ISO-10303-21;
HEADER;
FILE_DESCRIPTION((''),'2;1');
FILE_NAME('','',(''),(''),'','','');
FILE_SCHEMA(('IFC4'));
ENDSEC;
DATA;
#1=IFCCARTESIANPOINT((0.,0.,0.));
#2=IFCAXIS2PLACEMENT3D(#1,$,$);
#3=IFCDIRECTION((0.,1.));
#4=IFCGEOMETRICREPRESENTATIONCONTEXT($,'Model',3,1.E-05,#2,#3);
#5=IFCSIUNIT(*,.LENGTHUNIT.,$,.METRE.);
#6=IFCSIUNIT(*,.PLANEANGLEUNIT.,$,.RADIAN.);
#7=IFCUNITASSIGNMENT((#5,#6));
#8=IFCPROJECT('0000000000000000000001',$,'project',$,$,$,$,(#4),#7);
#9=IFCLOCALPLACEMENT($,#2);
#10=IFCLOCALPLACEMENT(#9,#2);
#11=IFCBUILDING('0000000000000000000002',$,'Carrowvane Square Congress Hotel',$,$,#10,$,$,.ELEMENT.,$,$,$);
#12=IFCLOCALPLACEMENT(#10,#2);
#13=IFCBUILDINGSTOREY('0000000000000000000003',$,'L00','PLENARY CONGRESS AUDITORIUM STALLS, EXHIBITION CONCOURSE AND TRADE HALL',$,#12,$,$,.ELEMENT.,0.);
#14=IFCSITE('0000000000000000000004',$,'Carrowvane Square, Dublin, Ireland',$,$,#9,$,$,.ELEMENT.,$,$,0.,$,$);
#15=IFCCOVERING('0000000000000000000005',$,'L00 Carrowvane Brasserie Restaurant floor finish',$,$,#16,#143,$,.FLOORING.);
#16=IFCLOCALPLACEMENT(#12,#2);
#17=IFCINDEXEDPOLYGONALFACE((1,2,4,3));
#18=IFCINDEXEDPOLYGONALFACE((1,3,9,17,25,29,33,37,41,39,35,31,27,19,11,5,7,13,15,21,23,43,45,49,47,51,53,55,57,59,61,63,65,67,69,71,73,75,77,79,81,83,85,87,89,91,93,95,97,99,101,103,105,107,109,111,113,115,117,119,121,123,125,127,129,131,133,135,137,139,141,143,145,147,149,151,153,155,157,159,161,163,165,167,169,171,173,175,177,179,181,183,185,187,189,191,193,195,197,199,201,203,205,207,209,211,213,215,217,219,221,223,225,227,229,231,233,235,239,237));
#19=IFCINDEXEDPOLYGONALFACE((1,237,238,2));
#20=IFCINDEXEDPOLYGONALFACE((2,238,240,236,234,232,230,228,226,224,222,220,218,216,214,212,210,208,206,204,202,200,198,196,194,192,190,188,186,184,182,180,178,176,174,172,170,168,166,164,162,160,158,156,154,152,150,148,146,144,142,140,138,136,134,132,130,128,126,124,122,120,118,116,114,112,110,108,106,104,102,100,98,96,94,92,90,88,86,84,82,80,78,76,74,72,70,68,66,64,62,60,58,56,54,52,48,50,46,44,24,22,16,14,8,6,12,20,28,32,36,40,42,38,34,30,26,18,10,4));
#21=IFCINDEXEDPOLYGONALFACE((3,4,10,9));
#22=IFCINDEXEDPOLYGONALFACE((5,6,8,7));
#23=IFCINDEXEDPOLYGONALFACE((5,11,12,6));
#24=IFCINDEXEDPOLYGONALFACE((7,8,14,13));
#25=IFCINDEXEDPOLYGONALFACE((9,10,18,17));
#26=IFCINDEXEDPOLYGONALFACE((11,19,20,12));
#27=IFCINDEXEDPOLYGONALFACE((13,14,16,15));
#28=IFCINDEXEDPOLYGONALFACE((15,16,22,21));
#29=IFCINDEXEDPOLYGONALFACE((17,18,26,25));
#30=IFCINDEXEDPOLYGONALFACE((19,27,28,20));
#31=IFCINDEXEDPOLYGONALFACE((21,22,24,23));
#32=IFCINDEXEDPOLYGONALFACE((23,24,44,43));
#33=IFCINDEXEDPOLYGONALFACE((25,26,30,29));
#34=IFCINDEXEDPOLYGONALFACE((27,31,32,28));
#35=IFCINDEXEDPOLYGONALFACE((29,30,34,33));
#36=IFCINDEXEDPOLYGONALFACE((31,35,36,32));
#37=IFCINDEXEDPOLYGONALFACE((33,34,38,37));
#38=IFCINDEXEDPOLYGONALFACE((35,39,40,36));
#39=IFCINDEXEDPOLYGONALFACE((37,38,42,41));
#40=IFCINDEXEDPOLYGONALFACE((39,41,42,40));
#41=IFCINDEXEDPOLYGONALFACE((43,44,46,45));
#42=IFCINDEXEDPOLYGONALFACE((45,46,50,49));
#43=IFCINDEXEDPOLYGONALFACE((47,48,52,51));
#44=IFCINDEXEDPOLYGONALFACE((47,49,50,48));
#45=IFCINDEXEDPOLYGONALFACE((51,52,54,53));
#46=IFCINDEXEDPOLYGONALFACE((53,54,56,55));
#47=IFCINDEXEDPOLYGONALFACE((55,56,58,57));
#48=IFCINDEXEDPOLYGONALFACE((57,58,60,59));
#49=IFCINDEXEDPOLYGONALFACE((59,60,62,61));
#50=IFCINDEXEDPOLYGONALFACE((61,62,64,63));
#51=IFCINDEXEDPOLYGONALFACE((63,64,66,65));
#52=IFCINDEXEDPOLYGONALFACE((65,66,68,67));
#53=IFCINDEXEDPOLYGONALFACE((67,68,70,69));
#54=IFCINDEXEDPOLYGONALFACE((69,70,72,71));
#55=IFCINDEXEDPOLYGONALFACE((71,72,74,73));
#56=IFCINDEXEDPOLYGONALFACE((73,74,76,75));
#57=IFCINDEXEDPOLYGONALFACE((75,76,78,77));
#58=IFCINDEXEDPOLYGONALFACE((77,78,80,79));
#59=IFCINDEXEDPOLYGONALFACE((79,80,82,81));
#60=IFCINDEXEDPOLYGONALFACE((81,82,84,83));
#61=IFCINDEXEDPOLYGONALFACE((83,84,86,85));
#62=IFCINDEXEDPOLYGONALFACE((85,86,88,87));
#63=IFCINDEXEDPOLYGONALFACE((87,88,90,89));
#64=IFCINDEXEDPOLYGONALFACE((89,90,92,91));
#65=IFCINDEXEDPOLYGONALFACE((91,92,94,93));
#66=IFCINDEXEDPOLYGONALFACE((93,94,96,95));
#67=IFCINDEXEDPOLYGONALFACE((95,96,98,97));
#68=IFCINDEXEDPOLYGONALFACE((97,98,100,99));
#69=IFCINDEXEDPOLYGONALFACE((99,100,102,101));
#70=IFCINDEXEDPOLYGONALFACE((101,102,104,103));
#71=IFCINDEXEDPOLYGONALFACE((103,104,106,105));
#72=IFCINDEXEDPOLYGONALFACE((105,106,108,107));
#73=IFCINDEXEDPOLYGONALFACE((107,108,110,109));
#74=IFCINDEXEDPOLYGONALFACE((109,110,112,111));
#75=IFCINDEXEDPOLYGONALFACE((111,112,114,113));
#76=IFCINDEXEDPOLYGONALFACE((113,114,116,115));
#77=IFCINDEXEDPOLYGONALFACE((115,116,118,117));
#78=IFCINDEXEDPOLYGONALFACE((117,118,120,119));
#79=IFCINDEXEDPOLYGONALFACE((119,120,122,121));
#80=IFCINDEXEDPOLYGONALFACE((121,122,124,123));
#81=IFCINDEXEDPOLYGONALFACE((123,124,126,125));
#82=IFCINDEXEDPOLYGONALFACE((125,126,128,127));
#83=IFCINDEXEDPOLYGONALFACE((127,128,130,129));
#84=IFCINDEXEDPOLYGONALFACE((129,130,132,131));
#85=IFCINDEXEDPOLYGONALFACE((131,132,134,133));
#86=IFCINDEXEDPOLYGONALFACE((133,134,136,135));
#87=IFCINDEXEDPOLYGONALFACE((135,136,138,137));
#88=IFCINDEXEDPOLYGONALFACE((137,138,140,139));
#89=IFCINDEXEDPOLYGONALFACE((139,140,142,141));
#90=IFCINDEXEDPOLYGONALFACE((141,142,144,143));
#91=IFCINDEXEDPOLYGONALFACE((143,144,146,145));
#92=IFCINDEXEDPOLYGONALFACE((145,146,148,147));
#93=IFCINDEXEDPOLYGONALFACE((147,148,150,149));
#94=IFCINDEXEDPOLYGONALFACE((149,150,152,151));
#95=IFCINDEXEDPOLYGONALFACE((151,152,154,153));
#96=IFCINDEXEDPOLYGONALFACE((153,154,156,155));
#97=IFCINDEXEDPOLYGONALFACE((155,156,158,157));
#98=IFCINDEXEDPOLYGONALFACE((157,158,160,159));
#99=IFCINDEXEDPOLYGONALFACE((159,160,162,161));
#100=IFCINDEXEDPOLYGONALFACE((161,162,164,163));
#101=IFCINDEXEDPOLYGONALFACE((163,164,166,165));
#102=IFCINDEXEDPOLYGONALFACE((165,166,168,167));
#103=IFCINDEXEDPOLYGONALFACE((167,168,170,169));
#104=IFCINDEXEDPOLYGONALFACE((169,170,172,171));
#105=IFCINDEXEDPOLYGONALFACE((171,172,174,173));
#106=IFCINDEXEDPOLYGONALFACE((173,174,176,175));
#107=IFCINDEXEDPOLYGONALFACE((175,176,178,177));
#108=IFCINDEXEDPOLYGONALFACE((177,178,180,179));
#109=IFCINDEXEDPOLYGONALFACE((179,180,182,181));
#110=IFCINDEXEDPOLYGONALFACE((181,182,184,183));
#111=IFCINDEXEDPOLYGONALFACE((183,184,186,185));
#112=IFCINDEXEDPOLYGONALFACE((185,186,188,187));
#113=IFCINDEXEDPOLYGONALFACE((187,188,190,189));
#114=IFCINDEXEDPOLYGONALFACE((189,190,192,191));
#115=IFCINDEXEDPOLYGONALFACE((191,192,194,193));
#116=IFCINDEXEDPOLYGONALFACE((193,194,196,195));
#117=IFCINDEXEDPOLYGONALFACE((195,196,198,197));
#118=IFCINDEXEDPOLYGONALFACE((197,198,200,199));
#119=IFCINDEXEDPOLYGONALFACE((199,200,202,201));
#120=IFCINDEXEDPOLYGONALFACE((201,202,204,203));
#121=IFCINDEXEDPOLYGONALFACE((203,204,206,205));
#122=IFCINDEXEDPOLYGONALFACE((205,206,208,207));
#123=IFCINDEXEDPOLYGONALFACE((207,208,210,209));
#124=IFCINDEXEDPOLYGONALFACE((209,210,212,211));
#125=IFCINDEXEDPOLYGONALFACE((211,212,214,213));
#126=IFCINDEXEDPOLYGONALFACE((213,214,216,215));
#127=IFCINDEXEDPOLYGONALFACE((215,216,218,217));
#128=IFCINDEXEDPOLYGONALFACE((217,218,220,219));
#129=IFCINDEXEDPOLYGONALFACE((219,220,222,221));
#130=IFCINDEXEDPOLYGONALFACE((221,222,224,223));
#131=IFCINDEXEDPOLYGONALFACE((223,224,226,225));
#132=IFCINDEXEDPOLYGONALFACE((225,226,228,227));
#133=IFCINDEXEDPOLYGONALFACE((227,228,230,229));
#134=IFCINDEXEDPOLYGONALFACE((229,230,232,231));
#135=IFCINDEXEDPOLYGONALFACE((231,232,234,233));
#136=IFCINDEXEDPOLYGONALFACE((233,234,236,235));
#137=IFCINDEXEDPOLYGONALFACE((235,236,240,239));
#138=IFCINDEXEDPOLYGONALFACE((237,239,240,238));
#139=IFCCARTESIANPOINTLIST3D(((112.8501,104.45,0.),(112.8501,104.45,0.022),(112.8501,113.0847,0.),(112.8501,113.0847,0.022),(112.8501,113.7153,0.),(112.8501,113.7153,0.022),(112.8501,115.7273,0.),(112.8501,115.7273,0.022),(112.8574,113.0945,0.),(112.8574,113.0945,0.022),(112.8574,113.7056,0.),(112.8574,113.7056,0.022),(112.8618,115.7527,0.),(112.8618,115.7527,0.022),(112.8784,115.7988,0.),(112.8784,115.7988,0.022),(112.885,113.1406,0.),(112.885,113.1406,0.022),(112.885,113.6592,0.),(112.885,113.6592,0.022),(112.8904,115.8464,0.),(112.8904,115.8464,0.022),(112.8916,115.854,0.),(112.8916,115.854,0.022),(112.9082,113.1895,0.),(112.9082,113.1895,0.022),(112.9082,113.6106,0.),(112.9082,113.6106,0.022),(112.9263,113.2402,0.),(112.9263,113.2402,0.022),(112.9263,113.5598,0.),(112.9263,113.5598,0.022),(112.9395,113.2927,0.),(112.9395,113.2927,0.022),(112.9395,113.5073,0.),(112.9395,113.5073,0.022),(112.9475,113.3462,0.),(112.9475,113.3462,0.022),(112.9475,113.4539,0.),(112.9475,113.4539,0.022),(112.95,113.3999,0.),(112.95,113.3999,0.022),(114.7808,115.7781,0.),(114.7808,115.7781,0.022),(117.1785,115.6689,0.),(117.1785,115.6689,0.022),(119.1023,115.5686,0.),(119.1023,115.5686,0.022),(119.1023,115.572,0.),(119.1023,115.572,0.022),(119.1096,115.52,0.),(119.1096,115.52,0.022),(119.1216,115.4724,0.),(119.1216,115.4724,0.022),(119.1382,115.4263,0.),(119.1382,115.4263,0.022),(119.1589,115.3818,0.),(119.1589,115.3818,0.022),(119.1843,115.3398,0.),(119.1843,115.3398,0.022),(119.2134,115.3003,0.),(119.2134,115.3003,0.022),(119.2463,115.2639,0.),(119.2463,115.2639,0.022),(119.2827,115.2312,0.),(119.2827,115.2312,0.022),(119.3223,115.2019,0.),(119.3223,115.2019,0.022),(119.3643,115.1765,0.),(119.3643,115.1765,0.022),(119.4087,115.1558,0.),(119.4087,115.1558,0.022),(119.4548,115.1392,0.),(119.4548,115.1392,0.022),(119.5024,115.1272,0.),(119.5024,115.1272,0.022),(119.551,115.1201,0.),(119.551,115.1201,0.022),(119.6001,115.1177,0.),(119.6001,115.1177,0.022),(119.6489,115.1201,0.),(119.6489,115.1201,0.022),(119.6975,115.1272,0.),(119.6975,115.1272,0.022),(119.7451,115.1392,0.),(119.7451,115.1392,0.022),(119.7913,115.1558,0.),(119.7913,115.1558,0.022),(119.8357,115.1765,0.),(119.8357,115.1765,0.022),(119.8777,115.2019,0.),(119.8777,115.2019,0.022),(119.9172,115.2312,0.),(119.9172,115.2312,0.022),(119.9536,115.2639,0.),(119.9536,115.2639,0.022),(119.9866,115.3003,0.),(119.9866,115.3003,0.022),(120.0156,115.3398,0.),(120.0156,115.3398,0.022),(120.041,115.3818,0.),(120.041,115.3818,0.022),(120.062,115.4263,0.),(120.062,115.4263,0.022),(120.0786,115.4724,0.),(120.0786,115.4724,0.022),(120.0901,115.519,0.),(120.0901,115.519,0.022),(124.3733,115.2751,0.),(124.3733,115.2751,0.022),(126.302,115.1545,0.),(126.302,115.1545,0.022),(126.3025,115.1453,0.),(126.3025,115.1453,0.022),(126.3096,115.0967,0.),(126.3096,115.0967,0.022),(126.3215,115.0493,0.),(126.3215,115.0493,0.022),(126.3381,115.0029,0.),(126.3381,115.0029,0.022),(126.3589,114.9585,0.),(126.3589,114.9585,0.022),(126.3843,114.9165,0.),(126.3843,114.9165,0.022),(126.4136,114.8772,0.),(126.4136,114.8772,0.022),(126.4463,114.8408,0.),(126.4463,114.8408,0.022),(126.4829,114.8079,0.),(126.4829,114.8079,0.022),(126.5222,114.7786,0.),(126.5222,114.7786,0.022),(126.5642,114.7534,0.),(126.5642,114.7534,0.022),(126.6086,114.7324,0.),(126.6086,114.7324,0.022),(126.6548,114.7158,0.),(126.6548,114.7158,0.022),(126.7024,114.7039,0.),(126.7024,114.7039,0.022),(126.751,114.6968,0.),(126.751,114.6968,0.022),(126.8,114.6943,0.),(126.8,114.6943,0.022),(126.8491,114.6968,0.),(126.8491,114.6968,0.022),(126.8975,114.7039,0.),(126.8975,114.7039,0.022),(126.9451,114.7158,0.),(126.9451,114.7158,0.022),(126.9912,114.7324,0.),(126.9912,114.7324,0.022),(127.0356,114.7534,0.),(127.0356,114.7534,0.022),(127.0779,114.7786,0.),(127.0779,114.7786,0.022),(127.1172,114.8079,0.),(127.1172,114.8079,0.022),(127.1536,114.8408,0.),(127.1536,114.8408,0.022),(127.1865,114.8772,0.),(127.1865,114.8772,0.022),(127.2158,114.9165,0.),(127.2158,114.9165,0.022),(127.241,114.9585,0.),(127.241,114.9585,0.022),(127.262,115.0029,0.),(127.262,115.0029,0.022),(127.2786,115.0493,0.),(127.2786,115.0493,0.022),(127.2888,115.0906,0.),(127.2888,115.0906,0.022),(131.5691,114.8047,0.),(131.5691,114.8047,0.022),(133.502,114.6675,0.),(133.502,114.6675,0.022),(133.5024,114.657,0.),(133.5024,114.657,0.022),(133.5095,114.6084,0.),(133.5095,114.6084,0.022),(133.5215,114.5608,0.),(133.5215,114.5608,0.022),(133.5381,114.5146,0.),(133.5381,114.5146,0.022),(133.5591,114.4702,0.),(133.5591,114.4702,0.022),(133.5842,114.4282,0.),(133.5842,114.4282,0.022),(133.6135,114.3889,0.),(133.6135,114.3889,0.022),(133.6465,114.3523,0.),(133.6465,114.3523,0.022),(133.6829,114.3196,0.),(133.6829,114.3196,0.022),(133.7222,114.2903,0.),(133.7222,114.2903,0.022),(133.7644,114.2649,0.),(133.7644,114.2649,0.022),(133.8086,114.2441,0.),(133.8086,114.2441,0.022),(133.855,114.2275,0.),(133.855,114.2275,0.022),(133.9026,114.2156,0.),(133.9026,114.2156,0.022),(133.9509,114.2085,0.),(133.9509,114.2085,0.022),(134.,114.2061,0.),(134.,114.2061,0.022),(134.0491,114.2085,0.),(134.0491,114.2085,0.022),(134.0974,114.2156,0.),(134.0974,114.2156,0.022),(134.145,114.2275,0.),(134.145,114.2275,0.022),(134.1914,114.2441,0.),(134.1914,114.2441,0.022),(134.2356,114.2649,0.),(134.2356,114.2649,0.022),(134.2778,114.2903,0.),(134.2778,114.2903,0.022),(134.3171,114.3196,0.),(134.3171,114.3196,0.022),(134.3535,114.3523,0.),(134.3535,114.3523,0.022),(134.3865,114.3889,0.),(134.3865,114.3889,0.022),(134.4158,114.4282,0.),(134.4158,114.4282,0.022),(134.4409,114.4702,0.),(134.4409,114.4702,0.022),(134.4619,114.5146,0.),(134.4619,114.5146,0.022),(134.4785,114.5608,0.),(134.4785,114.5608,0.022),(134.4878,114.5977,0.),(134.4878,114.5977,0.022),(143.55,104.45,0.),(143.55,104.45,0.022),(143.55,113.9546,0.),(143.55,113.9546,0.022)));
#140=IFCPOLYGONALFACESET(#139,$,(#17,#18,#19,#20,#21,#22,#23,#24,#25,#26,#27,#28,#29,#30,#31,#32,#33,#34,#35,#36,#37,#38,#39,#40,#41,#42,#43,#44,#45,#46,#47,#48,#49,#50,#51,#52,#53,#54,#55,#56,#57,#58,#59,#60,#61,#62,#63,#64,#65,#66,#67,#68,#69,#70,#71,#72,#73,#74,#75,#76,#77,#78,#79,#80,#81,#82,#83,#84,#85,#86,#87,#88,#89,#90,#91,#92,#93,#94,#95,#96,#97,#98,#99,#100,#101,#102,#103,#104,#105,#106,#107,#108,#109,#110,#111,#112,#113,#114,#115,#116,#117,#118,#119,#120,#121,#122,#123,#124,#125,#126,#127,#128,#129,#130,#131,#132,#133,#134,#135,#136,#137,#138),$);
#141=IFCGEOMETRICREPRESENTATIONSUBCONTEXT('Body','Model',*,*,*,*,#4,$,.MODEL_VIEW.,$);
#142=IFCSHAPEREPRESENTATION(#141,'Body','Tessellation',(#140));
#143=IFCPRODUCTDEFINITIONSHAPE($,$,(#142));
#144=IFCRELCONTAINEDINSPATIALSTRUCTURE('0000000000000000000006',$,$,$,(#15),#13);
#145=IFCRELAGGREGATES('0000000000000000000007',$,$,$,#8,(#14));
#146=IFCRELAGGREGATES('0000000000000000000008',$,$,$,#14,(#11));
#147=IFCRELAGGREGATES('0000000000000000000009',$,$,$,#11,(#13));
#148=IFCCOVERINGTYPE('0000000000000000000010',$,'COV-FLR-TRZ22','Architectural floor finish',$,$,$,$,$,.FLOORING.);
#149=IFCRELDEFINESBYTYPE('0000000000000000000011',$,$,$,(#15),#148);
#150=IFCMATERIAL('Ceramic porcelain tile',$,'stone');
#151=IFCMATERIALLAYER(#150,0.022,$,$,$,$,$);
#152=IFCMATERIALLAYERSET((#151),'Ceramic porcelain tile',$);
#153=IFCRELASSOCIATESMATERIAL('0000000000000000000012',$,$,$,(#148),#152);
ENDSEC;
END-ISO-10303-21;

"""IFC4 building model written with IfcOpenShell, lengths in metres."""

from ifc_helpers import new_model, si_unit, direction, origin, place, context, subcontext, project, spatial, polyline, outline, extrude, material, layer, layer_set, type_object, element, save


model = new_model("IFC4")

# Units and contexts
model_context = context("Model", 3, precision=1e-05, world=origin(), true_north=direction((0.0, 1.0)))
body_context = subcontext(model_context, "Body", "Model", "MODEL_VIEW")
ifc_project = project(units=[si_unit("LENGTHUNIT", "METRE"), si_unit("PLANEANGLEUNIT", "RADIAN")], contexts=[model_context])

# Site, building, storey
site_placement = place(None, origin())
site = spatial("IfcSite", under=ifc_project, at=site_placement, Name="Carrowvane Square, Dublin, Ireland", CompositionType="ELEMENT", RefElevation=0.0)
building_placement = place(site_placement, origin())
building = spatial("IfcBuilding", under=site, at=building_placement, Name="Carrowvane Square Congress Hotel", CompositionType="ELEMENT")
storey_placement = place(building_placement, origin())
storey = spatial("IfcBuildingStorey", under=building, at=storey_placement, Name="L00", Description="PLENARY CONGRESS AUDITORIUM STALLS, EXHIBITION CONCOURSE AND TRADE HALL", CompositionType="ELEMENT", Elevation=0.0)

# Covering
ifc_material_1 = material(Name="Ceramic porcelain tile", Category="stone")
ifc_layer_1 = layer(ifc_material_1, 0.022)
ifc_layer_set_1 = layer_set([ifc_layer_1], Name="Ceramic porcelain tile")
covering_type_1 = type_object("IfcCoveringType", Name="COV-FLR-TRZ22", Description="Architectural floor finish", PredefinedType="FLOORING", material=ifc_layer_set_1)
covering_1_placement = place(storey_placement, origin())
element("IfcCovering", 1, at=covering_1_placement, inside=storey, type_object=covering_type_1, Name="L00 Carrowvane Brasserie Restaurant floor finish", PredefinedType="FLOORING", context=body_context, shape_type="SweptSolid", body=[
    extrude(outline(polyline([(119.1023, 115.572), (119.1023, 115.5686), (119.1096, 115.52), (119.1216, 115.4724), (119.1382, 115.4263), (119.1589, 115.3818), (119.1843, 115.3398), (119.2134, 115.3003), (119.2463, 115.2639), (119.2827, 115.2312), (119.3223, 115.2019), (119.3643, 115.1765), (119.4087, 115.1558), (119.4548, 115.1392), (119.5024, 115.1272), (119.551, 115.1201), (119.6001, 115.1177), (119.6489, 115.1201), (119.6975, 115.1272), (119.7451, 115.1392), (119.7913, 115.1558), (119.8357, 115.1765), (119.8777, 115.2019), (119.9172, 115.2312), (119.9536, 115.2639), (119.9866, 115.3003), (120.0156, 115.3398), (120.041, 115.3818), (120.062, 115.4263), (120.0786, 115.4724), (120.0901, 115.519), (124.3733, 115.2751), (126.302, 115.1545), (126.3025, 115.1453), (126.3096, 115.0967), (126.3215, 115.0493), (126.3381, 115.0029), (126.3589, 114.9585), (126.3843, 114.9165), (126.4136, 114.8772), (126.4463, 114.8408), (126.4829, 114.8079), (126.5222, 114.7786), (126.5642, 114.7534), (126.6086, 114.7324), (126.6548, 114.7158), (126.7024, 114.7039), (126.751, 114.6968), (126.8, 114.6943), (126.8491, 114.6968), (126.8975, 114.7039), (126.9451, 114.7158), (126.9912, 114.7324), (127.0356, 114.7534), (127.0779, 114.7786), (127.1172, 114.8079), (127.1536, 114.8408), (127.1865, 114.8772), (127.2158, 114.9165), (127.241, 114.9585), (127.262, 115.0029), (127.2786, 115.0493), (127.2888, 115.0906), (131.5691, 114.8047), (133.502, 114.6675), (133.5024, 114.657), (133.5095, 114.6084), (133.5215, 114.5608), (133.5381, 114.5146), (133.5591, 114.4702), (133.5842, 114.4282), (133.6135, 114.3889), (133.6465, 114.3523), (133.6829, 114.3196), (133.7222, 114.2903), (133.7644, 114.2649), (133.8086, 114.2441), (133.855, 114.2275), (133.9026, 114.2156), (133.9509, 114.2085), (134.0, 114.2061), (134.0491, 114.2085), (134.0974, 114.2156), (134.145, 114.2275), (134.1914, 114.2441), (134.2356, 114.2649), (134.2778, 114.2903), (134.3171, 114.3196), (134.3535, 114.3523), (134.3865, 114.3889), (134.4158, 114.4282), (134.4409, 114.4702), (134.4619, 114.5146), (134.4785, 114.5608), (134.4878, 114.5977), (143.55, 113.9546), (143.55, 104.45), (112.8501, 104.45), (112.8501, 113.0847), (112.8574, 113.0945), (112.885, 113.1406), (112.9082, 113.1895), (112.9263, 113.2402), (112.9395, 113.2927), (112.9475, 113.3462), (112.95, 113.3999), (112.9475, 113.4539), (112.9395, 113.5073), (112.9263, 113.5598), (112.9082, 113.6106), (112.885, 113.6592), (112.8574, 113.7056), (112.8501, 113.7153), (112.8501, 115.7273), (112.8618, 115.7527), (112.8784, 115.7988), (112.8904, 115.8464), (112.8916, 115.854), (114.7808, 115.7781), (117.1785, 115.6689), (119.1023, 115.572)])), origin(), (0.0, 0.0, 1.0), 0.022),
])

save(model, "model.ifc")
